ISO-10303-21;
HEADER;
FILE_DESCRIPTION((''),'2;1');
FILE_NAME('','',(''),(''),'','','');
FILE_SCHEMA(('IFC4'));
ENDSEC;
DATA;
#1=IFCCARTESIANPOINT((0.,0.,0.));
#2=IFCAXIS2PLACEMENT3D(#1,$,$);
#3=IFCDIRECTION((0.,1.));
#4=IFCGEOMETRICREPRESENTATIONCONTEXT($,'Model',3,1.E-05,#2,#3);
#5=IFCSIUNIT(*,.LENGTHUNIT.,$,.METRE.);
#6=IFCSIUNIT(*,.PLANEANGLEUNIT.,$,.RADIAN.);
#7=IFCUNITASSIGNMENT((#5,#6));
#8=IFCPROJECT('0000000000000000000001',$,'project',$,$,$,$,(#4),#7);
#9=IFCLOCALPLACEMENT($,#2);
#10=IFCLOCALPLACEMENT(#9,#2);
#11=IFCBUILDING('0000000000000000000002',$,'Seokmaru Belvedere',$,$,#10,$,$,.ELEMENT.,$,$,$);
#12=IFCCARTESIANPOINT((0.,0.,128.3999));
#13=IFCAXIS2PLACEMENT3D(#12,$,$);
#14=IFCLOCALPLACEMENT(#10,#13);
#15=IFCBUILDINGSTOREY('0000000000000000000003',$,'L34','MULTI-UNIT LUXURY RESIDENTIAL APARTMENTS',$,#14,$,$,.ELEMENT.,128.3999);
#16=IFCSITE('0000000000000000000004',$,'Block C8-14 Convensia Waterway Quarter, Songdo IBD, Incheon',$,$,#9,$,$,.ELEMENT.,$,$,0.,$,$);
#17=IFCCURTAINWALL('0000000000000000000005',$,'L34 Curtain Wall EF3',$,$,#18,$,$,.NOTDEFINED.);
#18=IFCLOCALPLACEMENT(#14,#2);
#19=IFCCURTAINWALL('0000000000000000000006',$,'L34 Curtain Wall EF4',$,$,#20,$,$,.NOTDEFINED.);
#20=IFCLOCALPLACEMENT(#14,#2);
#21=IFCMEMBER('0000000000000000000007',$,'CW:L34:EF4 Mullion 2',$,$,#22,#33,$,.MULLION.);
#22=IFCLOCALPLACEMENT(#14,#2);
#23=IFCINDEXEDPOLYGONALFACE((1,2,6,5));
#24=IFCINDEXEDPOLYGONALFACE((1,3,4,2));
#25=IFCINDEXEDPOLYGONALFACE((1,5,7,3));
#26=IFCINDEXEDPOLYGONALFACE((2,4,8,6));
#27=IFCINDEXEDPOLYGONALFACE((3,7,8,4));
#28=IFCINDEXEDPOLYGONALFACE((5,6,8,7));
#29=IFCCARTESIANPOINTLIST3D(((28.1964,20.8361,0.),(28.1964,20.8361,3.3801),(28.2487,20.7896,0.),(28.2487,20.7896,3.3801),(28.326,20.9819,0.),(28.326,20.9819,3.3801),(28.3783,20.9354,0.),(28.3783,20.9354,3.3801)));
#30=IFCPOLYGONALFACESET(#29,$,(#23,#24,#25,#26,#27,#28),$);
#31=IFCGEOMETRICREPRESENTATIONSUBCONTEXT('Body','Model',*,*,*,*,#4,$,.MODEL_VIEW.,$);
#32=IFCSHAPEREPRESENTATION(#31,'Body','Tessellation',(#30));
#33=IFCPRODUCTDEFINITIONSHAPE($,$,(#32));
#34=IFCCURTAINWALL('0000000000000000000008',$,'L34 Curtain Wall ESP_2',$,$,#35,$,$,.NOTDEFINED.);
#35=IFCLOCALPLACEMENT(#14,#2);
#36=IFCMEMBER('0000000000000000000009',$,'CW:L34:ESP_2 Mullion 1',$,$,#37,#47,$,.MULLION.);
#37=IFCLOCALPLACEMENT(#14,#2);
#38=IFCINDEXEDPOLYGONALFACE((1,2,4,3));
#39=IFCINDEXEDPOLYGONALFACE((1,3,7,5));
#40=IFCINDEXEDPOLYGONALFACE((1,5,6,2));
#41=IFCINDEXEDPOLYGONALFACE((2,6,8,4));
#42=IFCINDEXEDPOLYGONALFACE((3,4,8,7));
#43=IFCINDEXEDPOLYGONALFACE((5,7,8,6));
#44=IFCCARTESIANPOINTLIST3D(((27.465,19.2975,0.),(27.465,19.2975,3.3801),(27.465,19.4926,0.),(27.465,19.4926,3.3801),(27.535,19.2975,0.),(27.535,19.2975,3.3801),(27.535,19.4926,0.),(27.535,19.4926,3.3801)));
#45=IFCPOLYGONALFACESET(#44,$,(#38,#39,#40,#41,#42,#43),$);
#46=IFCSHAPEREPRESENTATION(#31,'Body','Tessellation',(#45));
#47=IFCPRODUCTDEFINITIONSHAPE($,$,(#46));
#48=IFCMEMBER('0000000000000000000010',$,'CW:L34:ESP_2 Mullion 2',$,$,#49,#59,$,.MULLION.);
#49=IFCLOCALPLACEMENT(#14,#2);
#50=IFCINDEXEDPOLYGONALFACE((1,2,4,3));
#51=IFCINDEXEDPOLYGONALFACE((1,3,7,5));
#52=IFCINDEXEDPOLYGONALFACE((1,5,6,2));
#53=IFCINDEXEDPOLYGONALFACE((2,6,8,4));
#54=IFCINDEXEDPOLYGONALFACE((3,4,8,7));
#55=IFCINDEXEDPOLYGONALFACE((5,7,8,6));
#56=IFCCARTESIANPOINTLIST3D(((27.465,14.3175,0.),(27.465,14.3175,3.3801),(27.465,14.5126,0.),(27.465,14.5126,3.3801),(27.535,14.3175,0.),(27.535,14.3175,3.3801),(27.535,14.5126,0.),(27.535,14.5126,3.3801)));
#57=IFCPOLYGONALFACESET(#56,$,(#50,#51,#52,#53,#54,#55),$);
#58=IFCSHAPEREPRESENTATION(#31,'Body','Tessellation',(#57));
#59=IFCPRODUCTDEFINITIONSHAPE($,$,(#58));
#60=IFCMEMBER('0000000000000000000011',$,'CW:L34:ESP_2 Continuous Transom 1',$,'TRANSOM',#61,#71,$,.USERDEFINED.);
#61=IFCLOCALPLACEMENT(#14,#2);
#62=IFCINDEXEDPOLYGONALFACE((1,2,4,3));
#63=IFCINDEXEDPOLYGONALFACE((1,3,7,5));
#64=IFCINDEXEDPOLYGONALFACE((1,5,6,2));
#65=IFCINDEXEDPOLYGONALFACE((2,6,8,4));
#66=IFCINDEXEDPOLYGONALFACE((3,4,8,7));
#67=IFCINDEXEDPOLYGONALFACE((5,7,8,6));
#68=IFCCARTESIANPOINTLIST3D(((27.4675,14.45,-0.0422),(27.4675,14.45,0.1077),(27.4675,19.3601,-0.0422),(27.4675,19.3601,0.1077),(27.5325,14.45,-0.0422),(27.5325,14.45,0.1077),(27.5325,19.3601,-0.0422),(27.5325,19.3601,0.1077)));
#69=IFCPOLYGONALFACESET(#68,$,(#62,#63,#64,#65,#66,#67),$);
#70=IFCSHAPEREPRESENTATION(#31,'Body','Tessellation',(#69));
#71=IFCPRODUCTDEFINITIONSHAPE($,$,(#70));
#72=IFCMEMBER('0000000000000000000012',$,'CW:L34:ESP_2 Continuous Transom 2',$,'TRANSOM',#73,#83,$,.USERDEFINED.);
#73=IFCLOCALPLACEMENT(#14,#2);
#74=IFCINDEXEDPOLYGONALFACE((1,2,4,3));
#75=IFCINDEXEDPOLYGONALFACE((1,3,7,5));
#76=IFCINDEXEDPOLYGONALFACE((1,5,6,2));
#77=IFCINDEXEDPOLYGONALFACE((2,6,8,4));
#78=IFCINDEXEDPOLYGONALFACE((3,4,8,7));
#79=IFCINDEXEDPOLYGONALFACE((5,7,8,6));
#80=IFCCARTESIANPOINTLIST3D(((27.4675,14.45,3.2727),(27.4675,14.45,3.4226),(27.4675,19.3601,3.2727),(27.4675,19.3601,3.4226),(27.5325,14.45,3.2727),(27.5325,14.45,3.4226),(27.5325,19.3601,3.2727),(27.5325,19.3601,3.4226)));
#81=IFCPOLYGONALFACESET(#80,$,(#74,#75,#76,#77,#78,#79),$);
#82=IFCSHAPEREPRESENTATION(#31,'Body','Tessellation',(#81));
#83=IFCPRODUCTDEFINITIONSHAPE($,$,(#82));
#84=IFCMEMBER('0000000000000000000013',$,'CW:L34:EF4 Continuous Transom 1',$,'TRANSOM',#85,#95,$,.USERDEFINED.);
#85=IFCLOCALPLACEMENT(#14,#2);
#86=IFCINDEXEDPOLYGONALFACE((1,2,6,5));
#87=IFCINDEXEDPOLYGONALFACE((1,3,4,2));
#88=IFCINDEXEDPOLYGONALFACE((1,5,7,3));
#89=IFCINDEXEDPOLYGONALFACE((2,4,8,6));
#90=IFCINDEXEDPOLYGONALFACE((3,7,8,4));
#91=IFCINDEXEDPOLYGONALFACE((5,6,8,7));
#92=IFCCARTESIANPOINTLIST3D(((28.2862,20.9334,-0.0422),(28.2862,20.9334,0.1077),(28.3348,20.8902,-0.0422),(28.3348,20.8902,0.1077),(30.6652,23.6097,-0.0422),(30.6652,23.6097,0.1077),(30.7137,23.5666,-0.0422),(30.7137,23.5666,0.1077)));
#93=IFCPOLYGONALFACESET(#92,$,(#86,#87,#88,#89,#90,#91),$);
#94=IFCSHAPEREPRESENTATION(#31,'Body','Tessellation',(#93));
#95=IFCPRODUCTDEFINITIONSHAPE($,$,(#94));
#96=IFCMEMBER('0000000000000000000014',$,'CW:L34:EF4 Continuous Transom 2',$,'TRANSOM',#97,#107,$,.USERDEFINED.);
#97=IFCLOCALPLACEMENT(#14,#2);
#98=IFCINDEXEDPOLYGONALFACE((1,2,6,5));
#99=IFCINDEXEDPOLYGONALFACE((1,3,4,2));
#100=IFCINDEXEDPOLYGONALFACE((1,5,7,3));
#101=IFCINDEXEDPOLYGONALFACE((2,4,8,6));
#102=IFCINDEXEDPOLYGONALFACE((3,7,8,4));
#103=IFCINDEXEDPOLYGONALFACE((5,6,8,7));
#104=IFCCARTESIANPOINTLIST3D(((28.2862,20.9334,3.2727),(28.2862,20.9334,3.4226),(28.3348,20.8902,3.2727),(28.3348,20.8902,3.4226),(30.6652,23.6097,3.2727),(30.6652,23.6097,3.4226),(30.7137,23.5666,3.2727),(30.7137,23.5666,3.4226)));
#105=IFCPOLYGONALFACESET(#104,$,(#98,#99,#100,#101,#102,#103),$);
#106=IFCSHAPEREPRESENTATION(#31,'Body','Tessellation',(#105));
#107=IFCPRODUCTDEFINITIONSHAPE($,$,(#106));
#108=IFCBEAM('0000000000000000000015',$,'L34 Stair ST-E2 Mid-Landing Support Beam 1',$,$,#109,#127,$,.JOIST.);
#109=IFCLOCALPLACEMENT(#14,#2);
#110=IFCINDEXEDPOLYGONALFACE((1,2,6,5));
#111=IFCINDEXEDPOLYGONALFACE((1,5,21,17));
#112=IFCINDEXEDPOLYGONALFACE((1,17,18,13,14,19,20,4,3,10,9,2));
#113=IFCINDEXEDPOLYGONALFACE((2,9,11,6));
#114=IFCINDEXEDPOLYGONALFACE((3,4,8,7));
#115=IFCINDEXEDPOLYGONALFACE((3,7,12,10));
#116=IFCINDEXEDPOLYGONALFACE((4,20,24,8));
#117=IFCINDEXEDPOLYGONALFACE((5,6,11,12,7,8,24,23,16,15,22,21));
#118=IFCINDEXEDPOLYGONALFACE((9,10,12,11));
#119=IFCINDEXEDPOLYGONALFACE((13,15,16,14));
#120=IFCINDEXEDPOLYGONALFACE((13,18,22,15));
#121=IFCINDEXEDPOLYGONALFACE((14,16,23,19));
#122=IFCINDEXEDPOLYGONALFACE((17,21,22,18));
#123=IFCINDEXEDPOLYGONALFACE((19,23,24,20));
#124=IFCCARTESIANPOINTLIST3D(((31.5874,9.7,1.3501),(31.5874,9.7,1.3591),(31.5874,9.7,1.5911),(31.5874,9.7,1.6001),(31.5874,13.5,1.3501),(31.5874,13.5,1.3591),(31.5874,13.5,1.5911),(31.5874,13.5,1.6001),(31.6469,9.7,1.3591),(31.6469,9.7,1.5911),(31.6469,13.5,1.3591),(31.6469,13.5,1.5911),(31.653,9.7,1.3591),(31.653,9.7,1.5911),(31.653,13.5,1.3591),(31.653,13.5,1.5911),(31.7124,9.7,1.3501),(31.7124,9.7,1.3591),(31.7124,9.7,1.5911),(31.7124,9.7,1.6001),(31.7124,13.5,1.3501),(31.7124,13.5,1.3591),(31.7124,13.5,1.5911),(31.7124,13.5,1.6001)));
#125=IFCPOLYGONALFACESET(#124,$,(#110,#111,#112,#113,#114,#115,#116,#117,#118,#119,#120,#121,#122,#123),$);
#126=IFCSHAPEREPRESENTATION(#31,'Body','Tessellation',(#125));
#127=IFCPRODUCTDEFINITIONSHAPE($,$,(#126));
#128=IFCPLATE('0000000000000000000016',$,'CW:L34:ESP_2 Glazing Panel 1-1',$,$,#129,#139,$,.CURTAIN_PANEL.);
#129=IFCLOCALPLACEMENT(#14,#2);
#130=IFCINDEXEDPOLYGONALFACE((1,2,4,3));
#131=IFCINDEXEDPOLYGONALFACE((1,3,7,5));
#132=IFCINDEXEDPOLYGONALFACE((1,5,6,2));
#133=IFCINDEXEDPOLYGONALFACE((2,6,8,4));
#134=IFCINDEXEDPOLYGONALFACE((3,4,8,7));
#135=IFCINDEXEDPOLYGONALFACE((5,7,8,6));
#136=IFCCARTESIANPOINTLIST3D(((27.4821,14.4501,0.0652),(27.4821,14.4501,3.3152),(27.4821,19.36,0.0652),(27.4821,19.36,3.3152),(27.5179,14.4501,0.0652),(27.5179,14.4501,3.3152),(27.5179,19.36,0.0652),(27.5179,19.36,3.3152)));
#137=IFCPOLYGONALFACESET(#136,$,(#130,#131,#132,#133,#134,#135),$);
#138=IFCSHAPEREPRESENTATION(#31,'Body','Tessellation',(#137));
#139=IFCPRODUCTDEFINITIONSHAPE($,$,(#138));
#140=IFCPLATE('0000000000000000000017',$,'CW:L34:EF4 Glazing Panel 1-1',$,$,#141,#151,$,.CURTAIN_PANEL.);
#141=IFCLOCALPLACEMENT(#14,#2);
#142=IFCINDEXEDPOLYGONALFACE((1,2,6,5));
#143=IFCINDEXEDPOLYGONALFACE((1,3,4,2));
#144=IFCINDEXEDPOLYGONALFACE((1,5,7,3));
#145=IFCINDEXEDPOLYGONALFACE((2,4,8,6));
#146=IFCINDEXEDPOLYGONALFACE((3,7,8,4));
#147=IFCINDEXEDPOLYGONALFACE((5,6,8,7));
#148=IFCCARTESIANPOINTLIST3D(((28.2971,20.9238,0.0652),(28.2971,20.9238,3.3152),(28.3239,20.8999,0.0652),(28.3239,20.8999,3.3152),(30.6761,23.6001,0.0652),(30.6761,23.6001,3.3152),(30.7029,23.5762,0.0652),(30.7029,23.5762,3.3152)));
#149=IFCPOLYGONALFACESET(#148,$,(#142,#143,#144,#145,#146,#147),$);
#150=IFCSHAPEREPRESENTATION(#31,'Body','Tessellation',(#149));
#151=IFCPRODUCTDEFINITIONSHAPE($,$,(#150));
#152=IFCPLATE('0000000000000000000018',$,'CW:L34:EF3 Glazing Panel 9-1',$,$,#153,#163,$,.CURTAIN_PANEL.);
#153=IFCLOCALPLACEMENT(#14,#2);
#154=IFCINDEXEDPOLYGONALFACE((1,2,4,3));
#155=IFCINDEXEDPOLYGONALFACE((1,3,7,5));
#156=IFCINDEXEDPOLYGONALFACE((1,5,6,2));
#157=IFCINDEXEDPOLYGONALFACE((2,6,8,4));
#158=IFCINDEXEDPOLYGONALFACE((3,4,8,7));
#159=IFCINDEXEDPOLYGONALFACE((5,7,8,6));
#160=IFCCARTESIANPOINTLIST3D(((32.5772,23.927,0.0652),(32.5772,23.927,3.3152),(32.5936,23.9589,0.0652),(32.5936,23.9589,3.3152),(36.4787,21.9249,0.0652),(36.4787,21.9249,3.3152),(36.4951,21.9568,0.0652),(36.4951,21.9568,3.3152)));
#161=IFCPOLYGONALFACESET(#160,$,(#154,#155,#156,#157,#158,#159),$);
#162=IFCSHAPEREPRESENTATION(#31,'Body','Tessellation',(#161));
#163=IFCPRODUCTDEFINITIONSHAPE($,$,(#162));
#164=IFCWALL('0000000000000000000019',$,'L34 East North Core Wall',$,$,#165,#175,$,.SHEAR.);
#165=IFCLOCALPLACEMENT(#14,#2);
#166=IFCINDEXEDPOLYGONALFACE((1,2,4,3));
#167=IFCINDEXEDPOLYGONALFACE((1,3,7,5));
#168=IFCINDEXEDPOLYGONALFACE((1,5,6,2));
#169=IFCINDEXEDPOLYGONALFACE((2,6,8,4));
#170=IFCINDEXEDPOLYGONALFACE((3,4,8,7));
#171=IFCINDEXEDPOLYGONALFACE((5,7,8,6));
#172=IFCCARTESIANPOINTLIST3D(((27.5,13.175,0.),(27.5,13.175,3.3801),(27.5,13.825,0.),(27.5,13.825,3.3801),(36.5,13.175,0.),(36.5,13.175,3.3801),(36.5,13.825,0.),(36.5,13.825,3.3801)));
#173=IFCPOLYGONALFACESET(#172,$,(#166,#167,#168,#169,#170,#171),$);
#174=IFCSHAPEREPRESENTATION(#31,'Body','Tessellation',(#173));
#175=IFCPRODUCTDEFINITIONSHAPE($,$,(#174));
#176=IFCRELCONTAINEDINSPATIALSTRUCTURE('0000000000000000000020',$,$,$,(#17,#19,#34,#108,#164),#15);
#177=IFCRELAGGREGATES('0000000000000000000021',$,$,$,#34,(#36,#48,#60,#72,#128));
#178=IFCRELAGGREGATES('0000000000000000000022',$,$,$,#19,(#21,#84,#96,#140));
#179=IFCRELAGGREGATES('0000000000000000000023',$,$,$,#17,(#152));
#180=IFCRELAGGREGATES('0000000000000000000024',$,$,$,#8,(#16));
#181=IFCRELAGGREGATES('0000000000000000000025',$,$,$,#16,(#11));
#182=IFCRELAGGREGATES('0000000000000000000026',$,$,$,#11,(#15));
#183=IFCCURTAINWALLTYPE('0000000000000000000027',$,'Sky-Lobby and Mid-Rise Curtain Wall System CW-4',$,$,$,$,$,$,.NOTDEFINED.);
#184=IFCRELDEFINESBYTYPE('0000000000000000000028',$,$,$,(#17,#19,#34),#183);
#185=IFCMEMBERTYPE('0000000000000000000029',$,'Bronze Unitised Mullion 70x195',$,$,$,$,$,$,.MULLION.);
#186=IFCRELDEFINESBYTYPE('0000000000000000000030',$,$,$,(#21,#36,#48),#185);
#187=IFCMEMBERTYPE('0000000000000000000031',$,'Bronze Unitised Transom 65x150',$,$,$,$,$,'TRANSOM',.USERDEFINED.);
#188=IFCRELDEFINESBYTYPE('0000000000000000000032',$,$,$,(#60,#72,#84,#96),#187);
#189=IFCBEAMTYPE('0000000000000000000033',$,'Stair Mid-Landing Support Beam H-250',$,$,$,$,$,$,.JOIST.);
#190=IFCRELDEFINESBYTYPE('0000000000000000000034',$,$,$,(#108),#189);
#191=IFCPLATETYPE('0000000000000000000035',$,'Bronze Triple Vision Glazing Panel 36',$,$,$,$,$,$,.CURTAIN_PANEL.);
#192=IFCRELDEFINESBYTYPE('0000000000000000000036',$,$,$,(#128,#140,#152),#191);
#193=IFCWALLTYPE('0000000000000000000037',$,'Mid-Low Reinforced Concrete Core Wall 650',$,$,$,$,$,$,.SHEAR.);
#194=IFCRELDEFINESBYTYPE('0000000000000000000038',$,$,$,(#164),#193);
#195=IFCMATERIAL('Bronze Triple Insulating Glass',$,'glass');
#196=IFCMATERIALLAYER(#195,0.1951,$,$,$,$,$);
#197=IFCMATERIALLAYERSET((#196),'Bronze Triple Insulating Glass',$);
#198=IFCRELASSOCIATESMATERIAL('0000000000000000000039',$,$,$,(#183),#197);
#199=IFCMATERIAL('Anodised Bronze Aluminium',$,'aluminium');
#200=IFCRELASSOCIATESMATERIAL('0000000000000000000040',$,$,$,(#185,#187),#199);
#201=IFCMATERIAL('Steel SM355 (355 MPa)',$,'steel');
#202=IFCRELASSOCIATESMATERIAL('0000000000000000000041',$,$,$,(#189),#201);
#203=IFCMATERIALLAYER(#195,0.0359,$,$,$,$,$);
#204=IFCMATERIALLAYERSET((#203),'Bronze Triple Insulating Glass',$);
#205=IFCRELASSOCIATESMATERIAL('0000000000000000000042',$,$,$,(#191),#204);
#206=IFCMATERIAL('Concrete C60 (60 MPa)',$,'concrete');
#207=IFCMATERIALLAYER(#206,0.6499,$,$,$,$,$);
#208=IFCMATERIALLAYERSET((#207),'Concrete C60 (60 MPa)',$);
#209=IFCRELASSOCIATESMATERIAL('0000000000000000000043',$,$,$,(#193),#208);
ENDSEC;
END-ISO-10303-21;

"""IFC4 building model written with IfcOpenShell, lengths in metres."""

from ifc_helpers import new_model, si_unit, direction, frame, frame_2d, origin, origin_2d, place, context, subcontext, project, spatial, rectangle, i_section, extrude, source, transform, mapped, material, layer, layer_set, material_profile, profile_set, type_object, type_shapes, element, aggregate, save


model = new_model("IFC4")

# Units and contexts
model_context = context("Model", 3, precision=1e-05, world=origin(), true_north=direction((0.0, 1.0)))
body_context = subcontext(model_context, "Body", "Model", "MODEL_VIEW")
ifc_project = project(units=[si_unit("LENGTHUNIT", "METRE"), si_unit("PLANEANGLEUNIT", "RADIAN")], contexts=[model_context])

# Site, building, storey
site_placement = place(None, origin())
site = spatial("IfcSite", under=ifc_project, at=site_placement, Name="Block C8-14 Convensia Waterway Quarter, Songdo IBD, Incheon", CompositionType="ELEMENT", RefElevation=0.0)
building_placement = place(site_placement, origin())
building = spatial("IfcBuilding", under=site, at=building_placement, Name="Seokmaru Belvedere", CompositionType="ELEMENT")
storey_placement = place(building_placement, frame((0.0, 0.0, 128.3999)))
storey = spatial("IfcBuildingStorey", under=building, at=storey_placement, Name="L34", Description="MULTI-UNIT LUXURY RESIDENTIAL APARTMENTS", CompositionType="ELEMENT", Elevation=128.3999)

# Shared definitions
ifc_material_1 = material(Name="Steel SM355 (355 MPa)", Category="steel")

# Curtain wall
ifc_material_2 = material(Name="Bronze Triple Insulating Glass", Category="glass")
ifc_layer_1 = layer(ifc_material_2, 0.1951)
ifc_layer_set_1 = layer_set([ifc_layer_1], Name="Bronze Triple Insulating Glass")
curtain_wall_type = type_object("IfcCurtainWallType", Name="Sky-Lobby and Mid-Rise Curtain Wall System CW-4", PredefinedType="NOTDEFINED", material=ifc_layer_set_1)
curtain_wall_1_placement = place(storey_placement, origin())
curtain_wall_1 = element("IfcCurtainWall", 1, at=curtain_wall_1_placement, inside=storey, type_object=curtain_wall_type, Name="L34 Curtain Wall EF3", PredefinedType="NOTDEFINED")
ifc_material_3 = material(Name="Anodised Bronze Aluminium", Category="aluminium")
ifc_material_profile_1 = material_profile(ifc_material_3, rectangle(XDim=0.0701, YDim=0.1951, at=origin_2d()), Name="CW-M-70x195")
ifc_profile_set_1 = profile_set([ifc_material_profile_1], Name="Anodised Bronze Aluminium")
member_type_1 = type_object("IfcMemberType", Name="Bronze Unitised Mullion 70x195", PredefinedType="MULLION", material=ifc_profile_set_1)
shared_shape_1 = source(origin(), body_context, "Body", "SweptSolid", [
    extrude(rectangle(XDim=0.0701, YDim=0.1951, at=origin_2d()), origin(), (0.0, 0.0, 1.0), 3.3801),
])
type_shapes(member_type_1, [shared_shape_1])

# Curtain walls, members
curtain_wall_2_placement = place(storey_placement, origin())
curtain_wall_2 = element("IfcCurtainWall", 2, at=curtain_wall_2_placement, inside=storey, type_object=curtain_wall_type, Name="L34 Curtain Wall EF4", PredefinedType="NOTDEFINED")
member_1_placement = place(storey_placement, frame((28.2874, 20.8857, 0.0), z_axis=(0.0, 0.0, 1.0), x_axis=(0.74741, -0.664363, 0.0)))
member_1 = element("IfcMember", 3, at=member_1_placement, type_object=member_type_1, Name="CW:L34:EF4 Mullion 2", PredefinedType="MULLION", context=body_context, shape_type="MappedRepresentation", body=[
    mapped(shared_shape_1, transform((0.0, 0.0, 0.0), scale=1.0)),
])
curtain_wall_3_placement = place(storey_placement, origin())
curtain_wall_3 = element("IfcCurtainWall", 4, at=curtain_wall_3_placement, inside=storey, type_object=curtain_wall_type, Name="L34 Curtain Wall ESP_2", PredefinedType="NOTDEFINED")
member_2_placement = place(storey_placement, frame((27.5, 19.395, 0.0), z_axis=(0.0, 0.0, 1.0), x_axis=(1.0, 0.0, 0.0)))
member_2 = element("IfcMember", 5, at=member_2_placement, type_object=member_type_1, Name="CW:L34:ESP_2 Mullion 1", PredefinedType="MULLION", context=body_context, shape_type="MappedRepresentation", body=[
    mapped(shared_shape_1, transform((0.0, 0.0, 0.0), scale=1.0)),
])
member_3_placement = place(storey_placement, frame((27.5, 14.415, 0.0), z_axis=(0.0, 0.0, 1.0), x_axis=(1.0, 0.0, 0.0)))
member_3 = element("IfcMember", 6, at=member_3_placement, type_object=member_type_1, Name="CW:L34:ESP_2 Mullion 2", PredefinedType="MULLION", context=body_context, shape_type="MappedRepresentation", body=[
    mapped(shared_shape_1, transform((0.0, 0.0, 0.0), scale=1.0)),
])
ifc_material_profile_2 = material_profile(ifc_material_3, rectangle(XDim=0.0649, YDim=0.1499, at=origin_2d()), Name="CW-T-65x150")
ifc_profile_set_2 = profile_set([ifc_material_profile_2], Name="Anodised Bronze Aluminium")
member_type_2 = type_object("IfcMemberType", Name="Bronze Unitised Transom 65x150", ElementType="TRANSOM", PredefinedType="USERDEFINED", material=ifc_profile_set_2)
shared_shape_2 = source(origin(), body_context, "Body", "SweptSolid", [
    extrude(rectangle(XDim=0.0649, YDim=0.1499, at=origin_2d()), origin(), (0.0, 0.0, 1.0), 4.9102),
])
member_4_placement = place(storey_placement, frame((27.5, 19.3601, 0.0327), z_axis=(0.0, -1.0, 0.0), x_axis=(1.0, 0.0, 0.0)))
member_4 = element("IfcMember", 7, at=member_4_placement, type_object=member_type_2, Name="CW:L34:ESP_2 Continuous Transom 1", ObjectType="TRANSOM", PredefinedType="USERDEFINED", context=body_context, shape_type="MappedRepresentation", body=[
    mapped(shared_shape_2, transform((0.0, 0.0, 0.0), scale=1.0)),
])
member_5_placement = place(storey_placement, frame((27.5, 19.3601, 3.3477), z_axis=(0.0, -1.0, 0.0), x_axis=(1.0, 0.0, 0.0)))
member_5 = element("IfcMember", 8, at=member_5_placement, type_object=member_type_2, Name="CW:L34:ESP_2 Continuous Transom 2", ObjectType="TRANSOM", PredefinedType="USERDEFINED", context=body_context, shape_type="MappedRepresentation", body=[
    mapped(shared_shape_2, transform((0.0, 0.0, 0.0), scale=1.0)),
])

# Members
shared_shape_3 = source(origin(), body_context, "Body", "SweptSolid", [
    extrude(rectangle(XDim=0.0649, YDim=0.1499, at=origin_2d()), origin(), (0.0, 0.0, 1.0), 3.5808),
])
type_shapes(member_type_2, [shared_shape_2, shared_shape_3])
member_6_placement = place(storey_placement, frame((30.6895, 23.5881, 0.0327), z_axis=(-0.664364, -0.747409, 0.0), x_axis=(0.747409, -0.664364, 0.0)))
member_6 = element("IfcMember", 9, at=member_6_placement, type_object=member_type_2, Name="CW:L34:EF4 Continuous Transom 1", ObjectType="TRANSOM", PredefinedType="USERDEFINED", context=body_context, shape_type="MappedRepresentation", body=[
    mapped(shared_shape_3, transform((0.0, 0.0, 0.0), scale=1.0)),
])
member_7_placement = place(storey_placement, frame((30.6895, 23.5881, 3.3477), z_axis=(-0.664364, -0.747409, 0.0), x_axis=(0.747409, -0.664364, 0.0)))
member_7 = element("IfcMember", 10, at=member_7_placement, type_object=member_type_2, Name="CW:L34:EF4 Continuous Transom 2", ObjectType="TRANSOM", PredefinedType="USERDEFINED", context=body_context, shape_type="MappedRepresentation", body=[
    mapped(shared_shape_3, transform((0.0, 0.0, 0.0), scale=1.0)),
])

# Beam
ifc_material_profile_3 = material_profile(ifc_material_1, i_section(OverallWidth=0.125, OverallDepth=0.25, WebThickness=0.0061, FlangeThickness=0.009, at=origin_2d()), Name="H-250x125x6x9")
ifc_profile_set_3 = profile_set([ifc_material_profile_3], Name="Steel SM355 (355 MPa)")
beam_type_1 = type_object("IfcBeamType", Name="Stair Mid-Landing Support Beam H-250", PredefinedType="JOIST", material=ifc_profile_set_3)
shared_shape_4 = source(origin(), body_context, "Body", "SweptSolid", [
    extrude(i_section(OverallWidth=0.125, OverallDepth=0.25, WebThickness=0.0061, FlangeThickness=0.009, at=origin_2d()), origin(), (0.0, 0.0, 1.0), 3.8),
])
type_shapes(beam_type_1, [shared_shape_4])
beam_1_placement = place(storey_placement, frame((31.6499, 9.7, 1.4751), z_axis=(0.0, 1.0, 0.0), x_axis=(-1.0, 0.0, 0.0)))
element("IfcBeam", 11, at=beam_1_placement, inside=storey, type_object=beam_type_1, Name="L34 Stair ST-E2 Mid-Landing Support Beam 1", PredefinedType="JOIST", context=body_context, shape_type="MappedRepresentation", body=[
    mapped(shared_shape_4, transform((0.0, 0.0, 0.0), scale=1.0)),
])

# Plates
ifc_layer_2 = layer(ifc_material_2, 0.0359)
ifc_layer_set_2 = layer_set([ifc_layer_2], Name="Bronze Triple Insulating Glass")
plate_type = type_object("IfcPlateType", Name="Bronze Triple Vision Glazing Panel 36", PredefinedType="CURTAIN_PANEL", material=ifc_layer_set_2)
shared_shape_5 = source(origin(), body_context, "Body", "SweptSolid", [
    extrude(rectangle(XDim=4.9099, YDim=0.0359, at=origin_2d()), origin(), (0.0, 0.0, 1.0), 3.25),
])
plate_1_placement = place(storey_placement, frame((27.5, 16.905, 0.0652), z_axis=(0.0, 0.0, 1.0), x_axis=(0.0, -1.0, 0.0)))
plate_1 = element("IfcPlate", 12, at=plate_1_placement, type_object=plate_type, Name="CW:L34:ESP_2 Glazing Panel 1-1", PredefinedType="CURTAIN_PANEL", context=body_context, shape_type="MappedRepresentation", body=[
    mapped(shared_shape_5, transform((0.0, 0.0, 0.0), scale=1.0)),
])
aggregate(curtain_wall_3, [member_2, member_3, member_4, member_5, plate_1])
shared_shape_6 = source(origin(), body_context, "Body", "SweptSolid", [
    extrude(rectangle(XDim=3.5808, YDim=0.0359, at=origin_2d()), origin(), (0.0, 0.0, 1.0), 3.25),
])
plate_2_placement = place(storey_placement, frame((29.5, 22.25, 0.0652), z_axis=(0.0, 0.0, 1.0), x_axis=(-0.664363, -0.74741, 0.0)))
plate_2 = element("IfcPlate", 13, at=plate_2_placement, type_object=plate_type, Name="CW:L34:EF4 Glazing Panel 1-1", PredefinedType="CURTAIN_PANEL", context=body_context, shape_type="MappedRepresentation", body=[
    mapped(shared_shape_6, transform((0.0, 0.0, 0.0), scale=1.0)),
])
aggregate(curtain_wall_2, [member_1, member_6, member_7, plate_2])
shared_shape_7 = source(origin(), body_context, "Body", "SweptSolid", [
    extrude(rectangle(XDim=4.3853, YDim=0.0359, at=origin_2d()), origin(), (0.0, 0.0, 1.0), 3.25),
])
type_shapes(plate_type, [shared_shape_5, shared_shape_6, shared_shape_7])
plate_3_placement = place(storey_placement, frame((34.5361, 22.9419, 0.0652), z_axis=(0.0, 0.0, 1.0), x_axis=(-0.889695, 0.456555, 0.0)))
plate_3 = element("IfcPlate", 14, at=plate_3_placement, type_object=plate_type, Name="CW:L34:EF3 Glazing Panel 9-1", PredefinedType="CURTAIN_PANEL", context=body_context, shape_type="MappedRepresentation", body=[
    mapped(shared_shape_7, transform((0.0, 0.0, 0.0), scale=1.0)),
])
aggregate(curtain_wall_1, [plate_3])

# Wall
ifc_material_4 = material(Name="Concrete C60 (60 MPa)", Category="concrete")
ifc_layer_3 = layer(ifc_material_4, 0.6499)
ifc_layer_set_3 = layer_set([ifc_layer_3], Name="Concrete C60 (60 MPa)")
wall_type_1 = type_object("IfcWallType", Name="Mid-Low Reinforced Concrete Core Wall 650", PredefinedType="SHEAR", material=ifc_layer_set_3)
wall_1_placement = place(storey_placement, frame((27.5, 13.5, 0.0), z_axis=(0.0, 0.0, 1.0), x_axis=(1.0, 0.0, 0.0)))
element("IfcWall", 15, at=wall_1_placement, inside=storey, type_object=wall_type_1, Name="L34 East North Core Wall", PredefinedType="SHEAR", context=body_context, shape_type="SweptSolid", body=[
    extrude(rectangle(XDim=9.0, YDim=0.6499, at=frame_2d((4.5, 0.0))), origin(), (0.0, 0.0, 1.0), 3.3801),
])

save(model, "model.ifc")
